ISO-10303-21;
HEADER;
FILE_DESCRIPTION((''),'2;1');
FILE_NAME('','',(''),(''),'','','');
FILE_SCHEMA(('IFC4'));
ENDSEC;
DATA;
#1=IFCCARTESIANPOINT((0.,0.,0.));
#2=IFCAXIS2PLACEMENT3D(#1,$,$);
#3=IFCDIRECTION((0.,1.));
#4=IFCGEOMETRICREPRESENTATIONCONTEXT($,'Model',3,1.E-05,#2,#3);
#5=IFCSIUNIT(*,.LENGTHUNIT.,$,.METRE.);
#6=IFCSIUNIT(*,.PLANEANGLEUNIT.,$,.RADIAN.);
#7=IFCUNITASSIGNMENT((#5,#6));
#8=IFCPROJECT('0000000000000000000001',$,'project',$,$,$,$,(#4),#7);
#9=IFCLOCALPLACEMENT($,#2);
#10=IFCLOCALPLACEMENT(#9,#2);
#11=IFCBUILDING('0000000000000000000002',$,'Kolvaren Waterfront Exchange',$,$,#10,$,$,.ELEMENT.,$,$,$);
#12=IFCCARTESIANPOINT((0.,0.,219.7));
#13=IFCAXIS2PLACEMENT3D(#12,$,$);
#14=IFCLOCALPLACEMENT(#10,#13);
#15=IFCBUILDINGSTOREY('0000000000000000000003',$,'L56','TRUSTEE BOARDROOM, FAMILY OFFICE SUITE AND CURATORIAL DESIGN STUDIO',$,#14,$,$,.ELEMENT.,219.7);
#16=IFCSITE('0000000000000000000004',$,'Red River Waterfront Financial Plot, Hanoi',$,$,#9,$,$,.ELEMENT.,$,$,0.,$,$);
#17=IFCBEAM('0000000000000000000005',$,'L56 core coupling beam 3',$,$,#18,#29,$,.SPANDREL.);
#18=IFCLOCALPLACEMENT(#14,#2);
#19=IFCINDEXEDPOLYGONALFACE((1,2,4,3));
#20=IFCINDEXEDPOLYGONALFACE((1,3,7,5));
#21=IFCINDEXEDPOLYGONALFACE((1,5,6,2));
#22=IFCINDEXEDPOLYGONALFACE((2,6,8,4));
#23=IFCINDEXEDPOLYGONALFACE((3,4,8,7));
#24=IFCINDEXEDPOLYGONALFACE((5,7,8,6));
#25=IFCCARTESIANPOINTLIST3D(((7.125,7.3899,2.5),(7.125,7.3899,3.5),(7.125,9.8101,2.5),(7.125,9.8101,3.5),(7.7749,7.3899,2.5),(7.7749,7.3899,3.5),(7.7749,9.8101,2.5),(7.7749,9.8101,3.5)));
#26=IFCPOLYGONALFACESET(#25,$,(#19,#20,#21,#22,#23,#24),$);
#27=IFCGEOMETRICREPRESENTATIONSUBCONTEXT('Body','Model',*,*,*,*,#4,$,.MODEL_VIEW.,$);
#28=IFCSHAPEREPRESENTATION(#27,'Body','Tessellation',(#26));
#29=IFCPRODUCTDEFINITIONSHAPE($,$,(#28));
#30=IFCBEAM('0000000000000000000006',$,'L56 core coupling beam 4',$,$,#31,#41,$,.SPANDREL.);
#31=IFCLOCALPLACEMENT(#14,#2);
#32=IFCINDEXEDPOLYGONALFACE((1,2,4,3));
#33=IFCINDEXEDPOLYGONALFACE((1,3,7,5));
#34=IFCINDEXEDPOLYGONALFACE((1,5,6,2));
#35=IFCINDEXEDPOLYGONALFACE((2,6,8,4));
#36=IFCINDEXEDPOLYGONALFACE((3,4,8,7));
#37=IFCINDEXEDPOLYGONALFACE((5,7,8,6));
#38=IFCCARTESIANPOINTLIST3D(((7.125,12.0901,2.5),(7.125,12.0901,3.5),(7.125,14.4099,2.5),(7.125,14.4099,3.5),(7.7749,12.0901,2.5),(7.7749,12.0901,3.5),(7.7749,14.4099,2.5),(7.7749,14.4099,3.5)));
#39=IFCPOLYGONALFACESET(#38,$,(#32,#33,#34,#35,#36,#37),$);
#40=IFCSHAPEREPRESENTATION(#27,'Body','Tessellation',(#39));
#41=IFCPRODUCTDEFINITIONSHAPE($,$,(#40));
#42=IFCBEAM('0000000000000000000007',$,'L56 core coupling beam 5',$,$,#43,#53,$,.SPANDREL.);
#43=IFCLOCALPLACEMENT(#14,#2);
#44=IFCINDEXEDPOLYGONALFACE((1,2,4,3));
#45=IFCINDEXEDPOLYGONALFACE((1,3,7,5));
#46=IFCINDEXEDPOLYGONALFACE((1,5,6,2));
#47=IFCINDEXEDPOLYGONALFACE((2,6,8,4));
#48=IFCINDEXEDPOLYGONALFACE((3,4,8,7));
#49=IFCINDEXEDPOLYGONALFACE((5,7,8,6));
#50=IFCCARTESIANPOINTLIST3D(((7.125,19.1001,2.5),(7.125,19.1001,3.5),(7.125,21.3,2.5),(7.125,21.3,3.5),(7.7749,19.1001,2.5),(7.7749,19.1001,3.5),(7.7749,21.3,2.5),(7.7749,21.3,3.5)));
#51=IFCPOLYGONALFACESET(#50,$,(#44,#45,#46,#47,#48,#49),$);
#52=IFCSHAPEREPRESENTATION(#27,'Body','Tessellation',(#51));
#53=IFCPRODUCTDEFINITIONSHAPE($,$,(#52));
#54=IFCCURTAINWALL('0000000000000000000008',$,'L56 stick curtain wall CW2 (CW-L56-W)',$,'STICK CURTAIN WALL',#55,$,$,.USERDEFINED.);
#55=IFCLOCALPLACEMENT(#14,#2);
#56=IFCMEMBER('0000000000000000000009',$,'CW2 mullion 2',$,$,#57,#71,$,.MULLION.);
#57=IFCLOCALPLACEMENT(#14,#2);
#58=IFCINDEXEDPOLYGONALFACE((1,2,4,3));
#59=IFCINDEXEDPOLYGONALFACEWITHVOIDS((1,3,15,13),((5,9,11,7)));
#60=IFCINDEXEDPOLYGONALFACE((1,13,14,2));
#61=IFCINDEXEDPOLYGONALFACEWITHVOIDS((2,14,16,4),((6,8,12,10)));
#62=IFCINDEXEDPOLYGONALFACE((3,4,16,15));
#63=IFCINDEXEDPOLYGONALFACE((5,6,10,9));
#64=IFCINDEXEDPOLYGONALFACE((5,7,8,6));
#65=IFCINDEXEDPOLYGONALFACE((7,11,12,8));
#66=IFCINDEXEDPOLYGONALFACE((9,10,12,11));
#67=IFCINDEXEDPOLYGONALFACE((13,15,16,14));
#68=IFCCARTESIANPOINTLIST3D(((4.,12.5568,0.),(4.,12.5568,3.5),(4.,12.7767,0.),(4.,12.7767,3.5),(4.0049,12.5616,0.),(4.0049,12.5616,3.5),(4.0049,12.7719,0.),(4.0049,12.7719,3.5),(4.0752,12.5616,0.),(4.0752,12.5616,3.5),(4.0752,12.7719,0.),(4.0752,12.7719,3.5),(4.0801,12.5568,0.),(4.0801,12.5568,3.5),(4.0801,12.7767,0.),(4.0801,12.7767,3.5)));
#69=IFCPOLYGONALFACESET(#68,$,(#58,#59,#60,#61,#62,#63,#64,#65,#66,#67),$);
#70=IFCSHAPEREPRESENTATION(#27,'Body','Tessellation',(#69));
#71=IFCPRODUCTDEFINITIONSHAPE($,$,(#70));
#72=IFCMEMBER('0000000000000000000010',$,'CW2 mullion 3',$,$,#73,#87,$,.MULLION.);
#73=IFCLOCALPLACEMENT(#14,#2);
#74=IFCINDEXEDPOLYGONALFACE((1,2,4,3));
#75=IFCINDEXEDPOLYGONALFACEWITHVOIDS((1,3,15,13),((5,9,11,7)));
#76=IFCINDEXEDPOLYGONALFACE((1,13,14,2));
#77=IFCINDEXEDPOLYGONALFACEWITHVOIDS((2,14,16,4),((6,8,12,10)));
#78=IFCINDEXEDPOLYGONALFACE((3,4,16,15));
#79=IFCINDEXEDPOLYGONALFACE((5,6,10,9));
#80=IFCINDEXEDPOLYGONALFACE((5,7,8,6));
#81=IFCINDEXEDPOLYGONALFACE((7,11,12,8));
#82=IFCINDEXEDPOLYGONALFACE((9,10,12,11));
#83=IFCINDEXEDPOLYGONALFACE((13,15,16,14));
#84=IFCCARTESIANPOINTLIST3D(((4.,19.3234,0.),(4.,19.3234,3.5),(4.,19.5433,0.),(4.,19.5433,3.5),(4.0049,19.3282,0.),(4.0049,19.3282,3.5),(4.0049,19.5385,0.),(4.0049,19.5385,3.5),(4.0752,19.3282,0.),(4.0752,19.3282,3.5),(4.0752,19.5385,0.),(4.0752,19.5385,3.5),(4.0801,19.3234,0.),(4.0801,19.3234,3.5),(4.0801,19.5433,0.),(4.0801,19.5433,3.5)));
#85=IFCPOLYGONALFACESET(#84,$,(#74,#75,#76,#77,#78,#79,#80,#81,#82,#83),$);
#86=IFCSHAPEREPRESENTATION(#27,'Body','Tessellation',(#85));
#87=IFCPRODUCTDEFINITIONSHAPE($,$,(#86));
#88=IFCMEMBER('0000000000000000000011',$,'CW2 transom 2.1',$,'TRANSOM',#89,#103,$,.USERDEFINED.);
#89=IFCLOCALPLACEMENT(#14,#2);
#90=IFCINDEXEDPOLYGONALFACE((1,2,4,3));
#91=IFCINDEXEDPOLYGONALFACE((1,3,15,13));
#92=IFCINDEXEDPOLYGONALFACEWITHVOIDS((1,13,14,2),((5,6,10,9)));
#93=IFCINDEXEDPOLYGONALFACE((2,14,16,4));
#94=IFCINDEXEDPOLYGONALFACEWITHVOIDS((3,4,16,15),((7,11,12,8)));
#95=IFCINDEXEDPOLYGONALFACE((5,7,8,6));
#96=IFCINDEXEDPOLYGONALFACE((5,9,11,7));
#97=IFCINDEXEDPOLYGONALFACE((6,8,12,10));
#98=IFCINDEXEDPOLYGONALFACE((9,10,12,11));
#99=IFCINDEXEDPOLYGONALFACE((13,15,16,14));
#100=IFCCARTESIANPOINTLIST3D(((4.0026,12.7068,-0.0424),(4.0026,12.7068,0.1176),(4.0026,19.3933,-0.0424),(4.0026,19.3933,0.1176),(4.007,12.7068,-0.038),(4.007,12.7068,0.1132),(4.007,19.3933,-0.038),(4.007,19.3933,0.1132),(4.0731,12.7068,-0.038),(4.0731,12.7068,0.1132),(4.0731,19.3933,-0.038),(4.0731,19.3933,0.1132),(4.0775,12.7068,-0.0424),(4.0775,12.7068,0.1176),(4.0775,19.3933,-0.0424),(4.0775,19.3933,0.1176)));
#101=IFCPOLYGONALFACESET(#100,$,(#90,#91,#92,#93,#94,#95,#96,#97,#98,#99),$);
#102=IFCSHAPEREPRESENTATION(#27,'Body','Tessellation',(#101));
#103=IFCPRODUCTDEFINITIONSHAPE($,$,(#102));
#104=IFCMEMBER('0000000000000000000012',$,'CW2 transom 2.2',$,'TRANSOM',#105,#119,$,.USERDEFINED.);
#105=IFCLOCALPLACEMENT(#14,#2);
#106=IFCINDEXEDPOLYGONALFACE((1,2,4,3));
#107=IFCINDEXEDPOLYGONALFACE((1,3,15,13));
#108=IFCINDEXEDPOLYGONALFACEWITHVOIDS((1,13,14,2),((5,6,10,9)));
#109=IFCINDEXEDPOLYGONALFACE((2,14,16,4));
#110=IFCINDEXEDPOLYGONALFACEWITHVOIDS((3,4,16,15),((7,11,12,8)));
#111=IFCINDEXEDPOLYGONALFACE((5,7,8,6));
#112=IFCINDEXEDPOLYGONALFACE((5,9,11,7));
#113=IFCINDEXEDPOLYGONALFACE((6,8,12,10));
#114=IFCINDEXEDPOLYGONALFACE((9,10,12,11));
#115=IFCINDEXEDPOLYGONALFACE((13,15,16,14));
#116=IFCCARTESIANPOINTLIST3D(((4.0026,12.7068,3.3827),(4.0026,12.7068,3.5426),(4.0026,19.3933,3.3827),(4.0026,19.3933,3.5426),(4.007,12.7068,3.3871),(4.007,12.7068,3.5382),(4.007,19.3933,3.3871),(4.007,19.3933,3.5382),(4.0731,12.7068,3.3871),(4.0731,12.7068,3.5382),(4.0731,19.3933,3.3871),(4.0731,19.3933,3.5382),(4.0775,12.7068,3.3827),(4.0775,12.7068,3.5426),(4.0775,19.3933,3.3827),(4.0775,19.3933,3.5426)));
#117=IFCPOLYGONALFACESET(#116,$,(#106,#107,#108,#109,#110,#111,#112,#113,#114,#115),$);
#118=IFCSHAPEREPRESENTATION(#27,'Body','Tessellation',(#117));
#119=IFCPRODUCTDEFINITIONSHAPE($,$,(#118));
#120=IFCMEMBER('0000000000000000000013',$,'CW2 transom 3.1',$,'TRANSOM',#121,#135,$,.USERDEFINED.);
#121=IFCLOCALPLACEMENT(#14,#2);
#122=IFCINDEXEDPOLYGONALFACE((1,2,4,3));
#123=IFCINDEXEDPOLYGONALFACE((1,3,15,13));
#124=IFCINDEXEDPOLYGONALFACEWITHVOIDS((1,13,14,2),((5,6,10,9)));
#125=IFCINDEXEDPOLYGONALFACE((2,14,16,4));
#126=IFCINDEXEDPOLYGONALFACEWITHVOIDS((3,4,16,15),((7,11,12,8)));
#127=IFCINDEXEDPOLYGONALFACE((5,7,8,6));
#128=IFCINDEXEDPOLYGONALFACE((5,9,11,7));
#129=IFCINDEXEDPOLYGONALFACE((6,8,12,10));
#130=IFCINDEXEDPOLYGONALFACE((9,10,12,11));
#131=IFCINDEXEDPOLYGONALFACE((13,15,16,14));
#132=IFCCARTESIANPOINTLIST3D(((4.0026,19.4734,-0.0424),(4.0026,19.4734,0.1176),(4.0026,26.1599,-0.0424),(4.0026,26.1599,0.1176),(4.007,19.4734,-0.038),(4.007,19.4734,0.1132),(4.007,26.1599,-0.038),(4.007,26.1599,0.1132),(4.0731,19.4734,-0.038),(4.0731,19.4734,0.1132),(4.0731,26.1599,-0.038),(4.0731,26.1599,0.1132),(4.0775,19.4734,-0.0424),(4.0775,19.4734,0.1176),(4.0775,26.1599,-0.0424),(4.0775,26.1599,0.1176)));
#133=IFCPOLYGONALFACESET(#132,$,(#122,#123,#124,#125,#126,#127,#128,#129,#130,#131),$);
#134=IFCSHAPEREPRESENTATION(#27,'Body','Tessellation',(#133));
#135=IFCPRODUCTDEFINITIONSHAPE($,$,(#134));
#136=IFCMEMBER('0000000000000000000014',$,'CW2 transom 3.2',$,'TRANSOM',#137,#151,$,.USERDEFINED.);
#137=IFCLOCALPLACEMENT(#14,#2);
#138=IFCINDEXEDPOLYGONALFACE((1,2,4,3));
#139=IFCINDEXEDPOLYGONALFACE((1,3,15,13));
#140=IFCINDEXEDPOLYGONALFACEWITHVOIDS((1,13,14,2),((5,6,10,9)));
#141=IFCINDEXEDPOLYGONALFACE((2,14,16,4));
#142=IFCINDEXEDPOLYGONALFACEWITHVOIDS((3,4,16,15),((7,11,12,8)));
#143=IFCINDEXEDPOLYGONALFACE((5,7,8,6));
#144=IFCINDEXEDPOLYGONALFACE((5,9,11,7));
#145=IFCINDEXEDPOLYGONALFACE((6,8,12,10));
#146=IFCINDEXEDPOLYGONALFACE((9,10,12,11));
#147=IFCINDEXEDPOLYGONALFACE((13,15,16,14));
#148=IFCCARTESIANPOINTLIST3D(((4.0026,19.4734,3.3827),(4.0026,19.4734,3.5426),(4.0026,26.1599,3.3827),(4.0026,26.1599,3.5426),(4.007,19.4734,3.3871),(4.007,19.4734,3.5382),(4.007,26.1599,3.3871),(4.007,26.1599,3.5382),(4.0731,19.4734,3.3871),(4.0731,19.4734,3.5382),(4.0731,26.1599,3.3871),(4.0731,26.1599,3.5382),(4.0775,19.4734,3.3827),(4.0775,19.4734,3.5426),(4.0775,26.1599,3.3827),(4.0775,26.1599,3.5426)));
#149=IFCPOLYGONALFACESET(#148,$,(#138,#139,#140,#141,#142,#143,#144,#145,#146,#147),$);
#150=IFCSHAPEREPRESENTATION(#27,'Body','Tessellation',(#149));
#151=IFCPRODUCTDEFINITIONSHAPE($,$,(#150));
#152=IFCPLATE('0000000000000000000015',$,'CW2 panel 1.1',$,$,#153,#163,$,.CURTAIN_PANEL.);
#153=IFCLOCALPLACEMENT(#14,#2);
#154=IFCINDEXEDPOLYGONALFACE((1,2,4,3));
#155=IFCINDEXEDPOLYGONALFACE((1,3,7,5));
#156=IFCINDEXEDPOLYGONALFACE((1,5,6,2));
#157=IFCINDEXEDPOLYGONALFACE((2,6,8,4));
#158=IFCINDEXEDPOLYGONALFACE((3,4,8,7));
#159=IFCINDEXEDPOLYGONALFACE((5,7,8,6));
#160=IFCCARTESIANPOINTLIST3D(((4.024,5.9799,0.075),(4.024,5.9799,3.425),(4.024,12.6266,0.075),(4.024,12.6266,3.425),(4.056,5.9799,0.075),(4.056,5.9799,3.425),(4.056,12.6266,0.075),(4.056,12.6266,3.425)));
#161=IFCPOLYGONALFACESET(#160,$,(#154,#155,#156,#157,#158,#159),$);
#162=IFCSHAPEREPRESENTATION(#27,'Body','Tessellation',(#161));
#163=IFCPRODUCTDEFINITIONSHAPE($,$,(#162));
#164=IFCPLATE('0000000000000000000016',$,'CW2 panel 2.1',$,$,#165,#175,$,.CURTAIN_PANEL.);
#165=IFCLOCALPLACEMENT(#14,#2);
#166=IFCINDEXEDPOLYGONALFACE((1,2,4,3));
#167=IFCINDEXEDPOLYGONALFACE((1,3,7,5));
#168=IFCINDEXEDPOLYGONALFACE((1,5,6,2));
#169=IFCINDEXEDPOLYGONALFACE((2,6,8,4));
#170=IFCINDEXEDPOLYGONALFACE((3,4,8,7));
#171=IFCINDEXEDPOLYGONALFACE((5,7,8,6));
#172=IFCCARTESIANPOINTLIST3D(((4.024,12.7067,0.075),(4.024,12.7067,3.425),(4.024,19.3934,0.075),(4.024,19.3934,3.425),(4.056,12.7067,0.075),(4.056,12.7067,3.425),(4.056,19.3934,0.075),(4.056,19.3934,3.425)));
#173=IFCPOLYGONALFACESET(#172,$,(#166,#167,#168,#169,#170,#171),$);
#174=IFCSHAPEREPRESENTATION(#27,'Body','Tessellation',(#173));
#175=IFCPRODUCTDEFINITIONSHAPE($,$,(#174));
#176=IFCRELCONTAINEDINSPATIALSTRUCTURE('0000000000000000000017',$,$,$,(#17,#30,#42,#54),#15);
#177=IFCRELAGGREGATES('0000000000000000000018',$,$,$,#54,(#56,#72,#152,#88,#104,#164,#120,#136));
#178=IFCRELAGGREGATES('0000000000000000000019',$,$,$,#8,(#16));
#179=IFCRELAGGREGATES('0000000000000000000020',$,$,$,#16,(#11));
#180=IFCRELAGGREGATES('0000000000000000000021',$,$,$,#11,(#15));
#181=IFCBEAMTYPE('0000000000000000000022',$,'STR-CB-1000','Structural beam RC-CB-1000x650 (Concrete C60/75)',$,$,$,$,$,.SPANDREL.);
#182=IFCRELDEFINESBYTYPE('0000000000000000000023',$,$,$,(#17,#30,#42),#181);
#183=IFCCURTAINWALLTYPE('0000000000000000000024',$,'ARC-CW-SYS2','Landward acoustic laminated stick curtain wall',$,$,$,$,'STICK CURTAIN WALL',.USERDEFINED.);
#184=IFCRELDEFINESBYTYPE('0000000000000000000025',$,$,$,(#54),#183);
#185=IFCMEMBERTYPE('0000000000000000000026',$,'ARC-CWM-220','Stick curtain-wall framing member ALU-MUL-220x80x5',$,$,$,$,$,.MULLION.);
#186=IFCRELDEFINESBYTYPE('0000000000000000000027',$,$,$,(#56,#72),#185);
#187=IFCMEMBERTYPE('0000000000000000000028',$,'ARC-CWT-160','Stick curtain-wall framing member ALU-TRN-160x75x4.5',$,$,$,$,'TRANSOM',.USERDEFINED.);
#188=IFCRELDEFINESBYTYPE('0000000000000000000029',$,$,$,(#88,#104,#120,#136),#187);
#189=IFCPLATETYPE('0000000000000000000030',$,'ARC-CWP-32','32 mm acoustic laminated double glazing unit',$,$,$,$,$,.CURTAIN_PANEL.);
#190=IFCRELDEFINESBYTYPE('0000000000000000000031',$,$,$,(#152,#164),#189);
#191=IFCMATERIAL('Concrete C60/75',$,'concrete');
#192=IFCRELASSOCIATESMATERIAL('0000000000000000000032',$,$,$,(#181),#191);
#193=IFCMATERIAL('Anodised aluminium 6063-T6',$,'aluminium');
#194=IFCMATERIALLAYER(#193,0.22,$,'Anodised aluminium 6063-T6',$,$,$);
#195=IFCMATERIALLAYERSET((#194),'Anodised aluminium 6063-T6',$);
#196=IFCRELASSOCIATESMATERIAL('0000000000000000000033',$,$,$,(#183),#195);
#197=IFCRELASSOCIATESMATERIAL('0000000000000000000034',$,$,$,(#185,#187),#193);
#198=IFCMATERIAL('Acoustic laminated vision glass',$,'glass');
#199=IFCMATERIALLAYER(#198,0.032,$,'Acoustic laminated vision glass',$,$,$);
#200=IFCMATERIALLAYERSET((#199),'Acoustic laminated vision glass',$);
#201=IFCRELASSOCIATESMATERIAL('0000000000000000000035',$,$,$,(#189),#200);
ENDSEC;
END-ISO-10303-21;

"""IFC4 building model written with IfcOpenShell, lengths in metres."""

from ifc_helpers import new_model, si_unit, direction, frame, origin, origin_with_axes, origin_2d, place, context, subcontext, project, spatial, rectangle, hollow_rectangle, extrude, source, transform, mapped, material, layer, layer_set, material_profile, profile_set, type_object, element, aggregate, save


model = new_model("IFC4")

# Units and contexts
model_context = context("Model", 3, precision=1e-05, world=origin(), true_north=direction((0.0, 1.0)))
body_context = subcontext(model_context, "Body", "Model", "MODEL_VIEW")
ifc_project = project(units=[si_unit("LENGTHUNIT", "METRE"), si_unit("PLANEANGLEUNIT", "RADIAN")], contexts=[model_context])

# Site, building, storey
site_placement = place(None, origin())
site = spatial("IfcSite", under=ifc_project, at=site_placement, Name="Red River Waterfront Financial Plot, Hanoi", CompositionType="ELEMENT", RefElevation=0.0)
building_placement = place(site_placement, origin())
building = spatial("IfcBuilding", under=site, at=building_placement, Name="Kolvaren Waterfront Exchange", CompositionType="ELEMENT")
storey_placement = place(building_placement, frame((0.0, 0.0, 219.7)))
storey = spatial("IfcBuildingStorey", under=building, at=storey_placement, Name="L56", Description="TRUSTEE BOARDROOM, FAMILY OFFICE SUITE AND CURATORIAL DESIGN STUDIO", CompositionType="ELEMENT", Elevation=219.7)

# Beams
ifc_material_1 = material(Name="Concrete C60/75", Category="concrete")
ifc_material_profile_1 = material_profile(ifc_material_1, rectangle(XDim=0.6499, YDim=1.0, at=origin_2d()), Name="RC-CB-1000x650")
ifc_profile_set_1 = profile_set([ifc_material_profile_1], Name="Concrete C60/75")
beam_type = type_object("IfcBeamType", Name="STR-CB-1000", Description="Structural beam RC-CB-1000x650 (Concrete C60/75)", PredefinedType="SPANDREL", material=ifc_profile_set_1)
beam_1_placement = place(storey_placement, frame((7.45, 7.3899, 3.0), z_axis=(0.0, 1.0, 0.0), x_axis=(-1.0, 0.0, 0.0)))
element("IfcBeam", 1, at=beam_1_placement, inside=storey, type_object=beam_type, Name="L56 core coupling beam 3", PredefinedType="SPANDREL", context=body_context, shape_type="SweptSolid", body=[
    extrude(rectangle(XDim=0.6499, YDim=1.0, at=origin_2d()), origin(), (0.0, 0.0, 1.0), 2.4202),
])
beam_2_placement = place(storey_placement, frame((7.45, 12.0901, 3.0), z_axis=(0.0, 1.0, 0.0), x_axis=(-1.0, 0.0, 0.0)))
element("IfcBeam", 2, at=beam_2_placement, inside=storey, type_object=beam_type, Name="L56 core coupling beam 4", PredefinedType="SPANDREL", context=body_context, shape_type="SweptSolid", body=[
    extrude(rectangle(XDim=0.6499, YDim=1.0, at=origin_2d()), origin(), (0.0, 0.0, 1.0), 2.3198),
])
beam_3_placement = place(storey_placement, frame((7.45, 19.1001, 3.0), z_axis=(0.0, 1.0, 0.0), x_axis=(-1.0, 0.0, 0.0)))
element("IfcBeam", 3, at=beam_3_placement, inside=storey, type_object=beam_type, Name="L56 core coupling beam 5", PredefinedType="SPANDREL", context=body_context, shape_type="SweptSolid", body=[
    extrude(rectangle(XDim=0.6499, YDim=1.0, at=origin_2d()), origin(), (0.0, 0.0, 1.0), 2.2),
])

# Curtain wall, members, plates
ifc_material_2 = material(Name="Anodised aluminium 6063-T6", Category="aluminium")
ifc_layer_1 = layer(ifc_material_2, 0.22, Name="Anodised aluminium 6063-T6")
ifc_layer_set_1 = layer_set([ifc_layer_1], Name="Anodised aluminium 6063-T6")
curtain_wall_type = type_object("IfcCurtainWallType", Name="ARC-CW-SYS2", Description="Landward acoustic laminated stick curtain wall", ElementType="STICK CURTAIN WALL", PredefinedType="USERDEFINED", material=ifc_layer_set_1)
curtain_wall_placement = place(storey_placement, origin())
curtain_wall = element("IfcCurtainWall", 4, at=curtain_wall_placement, inside=storey, type_object=curtain_wall_type, Name="L56 stick curtain wall CW2 (CW-L56-W)", ObjectType="STICK CURTAIN WALL", PredefinedType="USERDEFINED")
ifc_material_profile_2 = material_profile(ifc_material_2, hollow_rectangle(XDim=0.0801, YDim=0.22, WallThickness=0.0049, at=origin_2d()), Name="ALU-MUL-220x80x5")
ifc_profile_set_2 = profile_set([ifc_material_profile_2], Name="Anodised aluminium 6063-T6")
member_type_1 = type_object("IfcMemberType", Name="ARC-CWM-220", Description="Stick curtain-wall framing member ALU-MUL-220x80x5", PredefinedType="MULLION", material=ifc_profile_set_2)
shared_shape_1 = source(origin_with_axes(), body_context, "Body", "SweptSolid", [
    extrude(hollow_rectangle(XDim=0.0801, YDim=0.22, WallThickness=0.0049, at=origin_2d()), origin(), (0.0, 0.0, 1.0), 3.5),
])
member_1_placement = place(storey_placement, frame((4.04, 12.6667, 0.0), z_axis=(0.0, 0.0, 1.0), x_axis=(-1.0, 0.0, 0.0)))
member_1 = element("IfcMember", 5, at=member_1_placement, type_object=member_type_1, Name="CW2 mullion 2", PredefinedType="MULLION", context=body_context, shape_type="MappedRepresentation", body=[
    mapped(shared_shape_1, transform((0.0, 0.0, 0.0), x_axis=(1.0, 0.0, 0.0), y_axis=(0.0, 1.0, 0.0), z_axis=(0.0, 0.0, 1.0), scale=1.0)),
])
member_2_placement = place(storey_placement, frame((4.04, 19.4333, 0.0), z_axis=(0.0, 0.0, 1.0), x_axis=(-1.0, 0.0, 0.0)))
member_2 = element("IfcMember", 6, at=member_2_placement, type_object=member_type_1, Name="CW2 mullion 3", PredefinedType="MULLION", context=body_context, shape_type="MappedRepresentation", body=[
    mapped(shared_shape_1, transform((0.0, 0.0, 0.0), x_axis=(1.0, 0.0, 0.0), y_axis=(0.0, 1.0, 0.0), z_axis=(0.0, 0.0, 1.0), scale=1.0)),
])
ifc_material_profile_3 = material_profile(ifc_material_2, hollow_rectangle(XDim=0.075, YDim=0.1599, WallThickness=0.0044, at=origin_2d()), Name="ALU-TRN-160x75x4.5")
ifc_profile_set_3 = profile_set([ifc_material_profile_3], Name="Anodised aluminium 6063-T6")
member_type_2 = type_object("IfcMemberType", Name="ARC-CWT-160", Description="Stick curtain-wall framing member ALU-TRN-160x75x4.5", ElementType="TRANSOM", PredefinedType="USERDEFINED", material=ifc_profile_set_3)
shared_shape_2 = source(origin_with_axes(), body_context, "Body", "SweptSolid", [
    extrude(hollow_rectangle(XDim=0.075, YDim=0.1599, WallThickness=0.0044, at=origin_2d()), origin(), (0.0, 0.0, 1.0), 6.6865),
])
member_3_placement = place(storey_placement, frame((4.04, 12.7068, 0.0376), z_axis=(0.0, 1.0, 0.0), x_axis=(-1.0, 0.0, 0.0)))
member_3 = element("IfcMember", 7, at=member_3_placement, type_object=member_type_2, Name="CW2 transom 2.1", ObjectType="TRANSOM", PredefinedType="USERDEFINED", context=body_context, shape_type="MappedRepresentation", body=[
    mapped(shared_shape_2, transform((0.0, 0.0, 0.0), x_axis=(1.0, 0.0, 0.0), y_axis=(0.0, 1.0, 0.0), z_axis=(0.0, 0.0, 1.0), scale=1.0)),
])
member_4_placement = place(storey_placement, frame((4.04, 12.7068, 3.4626), z_axis=(0.0, 1.0, 0.0), x_axis=(-1.0, 0.0, 0.0)))
member_4 = element("IfcMember", 8, at=member_4_placement, type_object=member_type_2, Name="CW2 transom 2.2", ObjectType="TRANSOM", PredefinedType="USERDEFINED", context=body_context, shape_type="MappedRepresentation", body=[
    mapped(shared_shape_2, transform((0.0, 0.0, 0.0), x_axis=(1.0, 0.0, 0.0), y_axis=(0.0, 1.0, 0.0), z_axis=(0.0, 0.0, 1.0), scale=1.0)),
])
member_5_placement = place(storey_placement, frame((4.04, 19.4734, 0.0376), z_axis=(0.0, 1.0, 0.0), x_axis=(-1.0, 0.0, 0.0)))
member_5 = element("IfcMember", 9, at=member_5_placement, type_object=member_type_2, Name="CW2 transom 3.1", ObjectType="TRANSOM", PredefinedType="USERDEFINED", context=body_context, shape_type="MappedRepresentation", body=[
    mapped(shared_shape_2, transform((0.0, 0.0, 0.0), x_axis=(1.0, 0.0, 0.0), y_axis=(0.0, 1.0, 0.0), z_axis=(0.0, 0.0, 1.0), scale=1.0)),
])
member_6_placement = place(storey_placement, frame((4.04, 19.4734, 3.4626), z_axis=(0.0, 1.0, 0.0), x_axis=(-1.0, 0.0, 0.0)))
member_6 = element("IfcMember", 10, at=member_6_placement, type_object=member_type_2, Name="CW2 transom 3.2", ObjectType="TRANSOM", PredefinedType="USERDEFINED", context=body_context, shape_type="MappedRepresentation", body=[
    mapped(shared_shape_2, transform((0.0, 0.0, 0.0), x_axis=(1.0, 0.0, 0.0), y_axis=(0.0, 1.0, 0.0), z_axis=(0.0, 0.0, 1.0), scale=1.0)),
])
ifc_material_3 = material(Name="Acoustic laminated vision glass", Category="glass")
ifc_layer_2 = layer(ifc_material_3, 0.032, Name="Acoustic laminated vision glass")
ifc_layer_set_2 = layer_set([ifc_layer_2], Name="Acoustic laminated vision glass")
plate_type = type_object("IfcPlateType", Name="ARC-CWP-32", Description="32 mm acoustic laminated double glazing unit", PredefinedType="CURTAIN_PANEL", material=ifc_layer_set_2)
shared_shape_3 = source(origin_with_axes(), body_context, "Body", "SweptSolid", [
    extrude(rectangle(XDim=6.6467, YDim=0.032, at=origin_2d()), origin(), (0.0, 0.0, 1.0), 3.3501),
])
plate_1_placement = place(storey_placement, frame((4.04, 9.3032, 0.075), z_axis=(0.0, 0.0, 1.0), x_axis=(0.0, 1.0, 0.0)))
plate_1 = element("IfcPlate", 11, at=plate_1_placement, type_object=plate_type, Name="CW2 panel 1.1", PredefinedType="CURTAIN_PANEL", context=body_context, shape_type="MappedRepresentation", body=[
    mapped(shared_shape_3, transform((0.0, 0.0, 0.0), x_axis=(1.0, 0.0, 0.0), y_axis=(0.0, 1.0, 0.0), z_axis=(0.0, 0.0, 1.0), scale=1.0)),
])
shared_shape_4 = source(origin_with_axes(), body_context, "Body", "SweptSolid", [
    extrude(rectangle(XDim=6.6868, YDim=0.032, at=origin_2d()), origin(), (0.0, 0.0, 1.0), 3.3501),
])
plate_2_placement = place(storey_placement, frame((4.04, 16.05, 0.075), z_axis=(0.0, 0.0, 1.0), x_axis=(0.0, 1.0, 0.0)))
plate_2 = element("IfcPlate", 12, at=plate_2_placement, type_object=plate_type, Name="CW2 panel 2.1", PredefinedType="CURTAIN_PANEL", context=body_context, shape_type="MappedRepresentation", body=[
    mapped(shared_shape_4, transform((0.0, 0.0, 0.0), x_axis=(1.0, 0.0, 0.0), y_axis=(0.0, 1.0, 0.0), z_axis=(0.0, 0.0, 1.0), scale=1.0)),
])
aggregate(curtain_wall, [member_1, member_2, plate_1, member_3, member_4, plate_2, member_5, member_6])

save(model, "model.ifc")
